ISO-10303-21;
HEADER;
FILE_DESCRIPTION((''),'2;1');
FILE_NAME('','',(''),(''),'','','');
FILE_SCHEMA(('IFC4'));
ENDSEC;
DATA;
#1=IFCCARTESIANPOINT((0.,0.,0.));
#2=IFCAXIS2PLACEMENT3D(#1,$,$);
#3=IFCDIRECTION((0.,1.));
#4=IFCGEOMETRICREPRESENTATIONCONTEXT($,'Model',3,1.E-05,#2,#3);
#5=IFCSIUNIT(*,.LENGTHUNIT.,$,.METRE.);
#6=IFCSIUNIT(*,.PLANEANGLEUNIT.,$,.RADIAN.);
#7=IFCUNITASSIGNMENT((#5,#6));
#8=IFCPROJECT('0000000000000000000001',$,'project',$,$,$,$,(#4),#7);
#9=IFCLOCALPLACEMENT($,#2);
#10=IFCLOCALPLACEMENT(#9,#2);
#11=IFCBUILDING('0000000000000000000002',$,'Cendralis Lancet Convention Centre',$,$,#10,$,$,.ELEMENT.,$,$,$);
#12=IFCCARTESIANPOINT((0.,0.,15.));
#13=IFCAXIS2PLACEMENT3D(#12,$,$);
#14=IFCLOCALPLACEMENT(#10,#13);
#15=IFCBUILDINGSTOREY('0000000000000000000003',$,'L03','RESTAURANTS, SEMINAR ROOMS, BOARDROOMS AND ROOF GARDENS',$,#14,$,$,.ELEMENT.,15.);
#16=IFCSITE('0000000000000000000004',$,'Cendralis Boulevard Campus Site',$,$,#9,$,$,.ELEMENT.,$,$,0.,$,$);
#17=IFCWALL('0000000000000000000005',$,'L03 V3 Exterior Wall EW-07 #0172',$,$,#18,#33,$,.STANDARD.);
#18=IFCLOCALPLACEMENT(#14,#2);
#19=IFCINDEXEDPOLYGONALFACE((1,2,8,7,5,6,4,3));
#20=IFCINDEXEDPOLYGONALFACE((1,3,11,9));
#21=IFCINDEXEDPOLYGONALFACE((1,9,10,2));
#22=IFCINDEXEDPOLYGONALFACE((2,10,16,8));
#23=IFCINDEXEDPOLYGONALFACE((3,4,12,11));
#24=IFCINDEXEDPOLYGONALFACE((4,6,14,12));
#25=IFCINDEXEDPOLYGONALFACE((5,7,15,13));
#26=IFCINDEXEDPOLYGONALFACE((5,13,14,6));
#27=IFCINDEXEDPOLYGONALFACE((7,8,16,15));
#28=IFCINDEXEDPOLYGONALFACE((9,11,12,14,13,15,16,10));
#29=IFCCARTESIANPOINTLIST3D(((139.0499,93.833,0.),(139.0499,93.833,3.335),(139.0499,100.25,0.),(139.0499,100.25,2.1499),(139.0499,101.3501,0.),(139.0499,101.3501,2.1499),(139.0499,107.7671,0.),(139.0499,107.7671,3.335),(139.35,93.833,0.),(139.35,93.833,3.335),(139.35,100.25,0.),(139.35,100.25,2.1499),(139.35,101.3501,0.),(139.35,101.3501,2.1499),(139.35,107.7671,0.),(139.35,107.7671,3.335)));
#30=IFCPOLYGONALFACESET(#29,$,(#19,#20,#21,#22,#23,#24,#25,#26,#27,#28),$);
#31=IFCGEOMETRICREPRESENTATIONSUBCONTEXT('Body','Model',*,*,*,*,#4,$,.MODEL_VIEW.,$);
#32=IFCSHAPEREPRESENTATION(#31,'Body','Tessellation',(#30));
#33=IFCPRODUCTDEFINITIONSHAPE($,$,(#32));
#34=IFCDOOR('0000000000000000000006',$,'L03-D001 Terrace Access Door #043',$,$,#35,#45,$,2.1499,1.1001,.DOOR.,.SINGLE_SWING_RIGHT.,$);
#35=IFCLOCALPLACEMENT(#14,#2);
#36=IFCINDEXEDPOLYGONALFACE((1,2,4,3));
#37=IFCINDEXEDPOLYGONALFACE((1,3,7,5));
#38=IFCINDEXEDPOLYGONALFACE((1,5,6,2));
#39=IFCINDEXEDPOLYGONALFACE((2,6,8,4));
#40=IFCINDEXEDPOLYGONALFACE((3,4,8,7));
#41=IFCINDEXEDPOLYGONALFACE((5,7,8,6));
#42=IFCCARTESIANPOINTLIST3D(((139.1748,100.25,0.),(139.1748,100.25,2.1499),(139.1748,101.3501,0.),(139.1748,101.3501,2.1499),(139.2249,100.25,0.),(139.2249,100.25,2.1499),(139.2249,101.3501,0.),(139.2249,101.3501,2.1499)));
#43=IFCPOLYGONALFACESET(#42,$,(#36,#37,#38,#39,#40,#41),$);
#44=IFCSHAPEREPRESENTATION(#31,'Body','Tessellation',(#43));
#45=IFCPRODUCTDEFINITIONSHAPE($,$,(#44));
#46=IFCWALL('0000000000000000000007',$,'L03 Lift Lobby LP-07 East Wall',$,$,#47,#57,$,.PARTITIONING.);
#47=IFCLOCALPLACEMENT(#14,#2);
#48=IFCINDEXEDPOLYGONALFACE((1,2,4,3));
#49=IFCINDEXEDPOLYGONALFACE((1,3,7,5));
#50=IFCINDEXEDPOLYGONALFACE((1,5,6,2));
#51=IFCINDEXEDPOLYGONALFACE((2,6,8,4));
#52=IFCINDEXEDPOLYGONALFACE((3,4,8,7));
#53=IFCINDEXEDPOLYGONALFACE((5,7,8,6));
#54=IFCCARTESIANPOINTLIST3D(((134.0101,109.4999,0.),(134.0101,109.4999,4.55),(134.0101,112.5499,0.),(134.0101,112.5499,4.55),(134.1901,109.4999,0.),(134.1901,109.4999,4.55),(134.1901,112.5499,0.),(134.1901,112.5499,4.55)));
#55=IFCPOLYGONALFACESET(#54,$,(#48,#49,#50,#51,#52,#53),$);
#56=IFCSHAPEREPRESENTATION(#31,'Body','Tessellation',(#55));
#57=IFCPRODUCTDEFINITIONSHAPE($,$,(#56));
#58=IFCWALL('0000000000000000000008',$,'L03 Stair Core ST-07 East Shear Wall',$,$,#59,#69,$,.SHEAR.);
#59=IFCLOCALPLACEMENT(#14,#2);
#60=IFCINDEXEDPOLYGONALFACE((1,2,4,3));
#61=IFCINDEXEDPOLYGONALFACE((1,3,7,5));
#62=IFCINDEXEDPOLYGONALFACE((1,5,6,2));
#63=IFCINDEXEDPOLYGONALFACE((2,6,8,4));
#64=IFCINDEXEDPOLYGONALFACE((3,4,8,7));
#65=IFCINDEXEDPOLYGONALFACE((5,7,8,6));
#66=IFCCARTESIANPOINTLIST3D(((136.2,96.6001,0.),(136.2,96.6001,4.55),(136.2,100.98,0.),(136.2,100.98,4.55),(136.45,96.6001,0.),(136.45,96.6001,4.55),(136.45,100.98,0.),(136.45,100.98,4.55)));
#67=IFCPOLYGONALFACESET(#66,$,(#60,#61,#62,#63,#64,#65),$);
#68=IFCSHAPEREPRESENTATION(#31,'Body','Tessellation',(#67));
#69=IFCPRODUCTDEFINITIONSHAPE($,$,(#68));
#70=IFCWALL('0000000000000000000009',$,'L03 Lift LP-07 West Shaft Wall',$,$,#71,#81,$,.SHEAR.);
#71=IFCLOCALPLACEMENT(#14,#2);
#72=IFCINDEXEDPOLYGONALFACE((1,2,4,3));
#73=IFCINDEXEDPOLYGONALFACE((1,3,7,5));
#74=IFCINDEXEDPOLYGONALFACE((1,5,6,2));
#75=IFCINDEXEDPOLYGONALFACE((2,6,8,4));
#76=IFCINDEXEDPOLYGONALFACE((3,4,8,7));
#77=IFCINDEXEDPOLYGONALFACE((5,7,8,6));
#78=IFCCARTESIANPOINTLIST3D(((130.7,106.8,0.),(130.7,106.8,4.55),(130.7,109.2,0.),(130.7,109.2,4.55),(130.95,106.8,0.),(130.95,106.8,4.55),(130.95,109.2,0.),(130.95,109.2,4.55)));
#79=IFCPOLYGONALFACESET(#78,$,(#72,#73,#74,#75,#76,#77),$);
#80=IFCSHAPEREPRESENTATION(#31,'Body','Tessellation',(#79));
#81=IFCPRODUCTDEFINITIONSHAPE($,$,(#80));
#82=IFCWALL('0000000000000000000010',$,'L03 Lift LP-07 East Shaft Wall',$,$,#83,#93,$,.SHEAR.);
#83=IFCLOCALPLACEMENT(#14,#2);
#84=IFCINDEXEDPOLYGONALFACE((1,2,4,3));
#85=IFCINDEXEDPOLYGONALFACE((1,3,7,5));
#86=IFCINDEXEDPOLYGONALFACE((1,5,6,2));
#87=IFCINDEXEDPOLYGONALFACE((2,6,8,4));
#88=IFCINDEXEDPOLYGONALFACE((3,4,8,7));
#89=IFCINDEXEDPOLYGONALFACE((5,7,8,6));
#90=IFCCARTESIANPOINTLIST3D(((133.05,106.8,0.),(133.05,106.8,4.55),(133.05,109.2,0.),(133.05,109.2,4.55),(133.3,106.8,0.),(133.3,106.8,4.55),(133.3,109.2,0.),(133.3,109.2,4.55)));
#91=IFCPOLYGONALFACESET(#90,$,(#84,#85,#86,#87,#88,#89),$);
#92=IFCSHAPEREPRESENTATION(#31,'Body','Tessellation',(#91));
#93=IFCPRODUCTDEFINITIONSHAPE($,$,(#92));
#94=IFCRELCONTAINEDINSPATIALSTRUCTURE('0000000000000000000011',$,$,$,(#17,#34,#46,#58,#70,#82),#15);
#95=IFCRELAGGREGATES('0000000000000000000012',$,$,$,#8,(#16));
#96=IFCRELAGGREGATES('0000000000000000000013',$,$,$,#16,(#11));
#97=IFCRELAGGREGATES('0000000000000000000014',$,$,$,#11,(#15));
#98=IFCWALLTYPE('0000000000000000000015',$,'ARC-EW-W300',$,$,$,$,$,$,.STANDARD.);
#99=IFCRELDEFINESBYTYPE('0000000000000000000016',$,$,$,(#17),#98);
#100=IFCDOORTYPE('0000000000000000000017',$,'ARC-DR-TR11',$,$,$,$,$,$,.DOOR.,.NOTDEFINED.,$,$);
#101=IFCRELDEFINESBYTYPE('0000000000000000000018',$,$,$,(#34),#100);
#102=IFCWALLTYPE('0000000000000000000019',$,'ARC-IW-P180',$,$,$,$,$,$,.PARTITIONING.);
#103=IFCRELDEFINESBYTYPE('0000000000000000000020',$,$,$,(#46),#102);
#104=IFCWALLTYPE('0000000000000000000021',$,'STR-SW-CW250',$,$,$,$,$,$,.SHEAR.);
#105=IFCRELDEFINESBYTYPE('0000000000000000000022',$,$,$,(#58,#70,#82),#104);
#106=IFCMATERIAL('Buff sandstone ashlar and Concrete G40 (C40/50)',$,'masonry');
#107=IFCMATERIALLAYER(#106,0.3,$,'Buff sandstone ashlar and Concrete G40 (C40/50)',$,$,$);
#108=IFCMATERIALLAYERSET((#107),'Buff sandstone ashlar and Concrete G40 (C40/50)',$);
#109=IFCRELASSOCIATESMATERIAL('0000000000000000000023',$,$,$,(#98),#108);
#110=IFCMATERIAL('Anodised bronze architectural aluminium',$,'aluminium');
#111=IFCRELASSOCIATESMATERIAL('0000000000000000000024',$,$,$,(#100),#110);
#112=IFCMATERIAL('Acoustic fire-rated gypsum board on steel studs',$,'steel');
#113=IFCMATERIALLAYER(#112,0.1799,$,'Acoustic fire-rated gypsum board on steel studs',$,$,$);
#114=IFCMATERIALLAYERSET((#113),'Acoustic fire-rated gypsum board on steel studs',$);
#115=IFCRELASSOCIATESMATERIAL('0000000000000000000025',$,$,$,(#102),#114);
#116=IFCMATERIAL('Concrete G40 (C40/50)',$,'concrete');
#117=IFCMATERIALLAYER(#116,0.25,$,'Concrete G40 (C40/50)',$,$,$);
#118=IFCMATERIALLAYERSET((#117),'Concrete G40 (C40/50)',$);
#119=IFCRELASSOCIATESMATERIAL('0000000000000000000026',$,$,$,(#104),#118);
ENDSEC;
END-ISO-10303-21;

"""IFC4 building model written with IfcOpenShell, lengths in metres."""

from ifc_helpers import new_model, si_unit, direction, frame, frame_2d, origin, place, context, subcontext, project, spatial, rectangle, extrude, material, layer, layer_set, type_object, element, fill, save


model = new_model("IFC4")

# Units and contexts
model_context = context("Model", 3, precision=1e-05, world=origin(), true_north=direction((0.0, 1.0)))
body_context = subcontext(model_context, "Body", "Model", "MODEL_VIEW")
ifc_project = project(units=[si_unit("LENGTHUNIT", "METRE"), si_unit("PLANEANGLEUNIT", "RADIAN")], contexts=[model_context])

# Site, building, storey
site_placement = place(None, origin())
site = spatial("IfcSite", under=ifc_project, at=site_placement, Name="Cendralis Boulevard Campus Site", CompositionType="ELEMENT", RefElevation=0.0)
building_placement = place(site_placement, origin())
building = spatial("IfcBuilding", under=site, at=building_placement, Name="Cendralis Lancet Convention Centre", CompositionType="ELEMENT")
storey_placement = place(building_placement, frame((0.0, 0.0, 15.0)))
storey = spatial("IfcBuildingStorey", under=building, at=storey_placement, Name="L03", Description="RESTAURANTS, SEMINAR ROOMS, BOARDROOMS AND ROOF GARDENS", CompositionType="ELEMENT", Elevation=15.0)

# Shared definitions
ifc_material_1 = material(Name="Concrete G40 (C40/50)", Category="concrete")

# Shared definitions
ifc_material_2 = material(Name="Buff sandstone ashlar and Concrete G40 (C40/50)", Category="masonry")

# Shared definitions
ifc_layer_1 = layer(ifc_material_2, 0.3, Name="Buff sandstone ashlar and Concrete G40 (C40/50)")
ifc_layer_set_1 = layer_set([ifc_layer_1], Name="Buff sandstone ashlar and Concrete G40 (C40/50)")
wall_type_1 = type_object("IfcWallType", Name="ARC-EW-W300", PredefinedType="STANDARD", material=ifc_layer_set_1)

# Wall, opening, door
wall_1_placement = place(storey_placement, frame((139.2, 107.7671, 0.0), z_axis=(0.0, 0.0, 1.0), x_axis=(0.0, -1.0, 0.0)))
wall_1 = element("IfcWall", 1, at=wall_1_placement, inside=storey, type_object=wall_type_1, Name="L03 V3 Exterior Wall EW-07 #0172", PredefinedType="STANDARD", context=body_context, shape_type="SweptSolid", body=[
    extrude(rectangle(XDim=13.9341, YDim=0.3, at=frame_2d((6.967, 0.0))), origin(), (0.0, 0.0, 1.0), 3.335),
])
opening_1_placement = place(wall_1_placement, frame((6.417, 0.0, 0.0)))
opening_1 = element("IfcOpeningElement", 2, at=opening_1_placement, cuts=wall_1, PredefinedType="OPENING", context=body_context, shape_type="SweptSolid", body=[
    extrude(rectangle(XDim=1.1001, YDim=2.1499, at=frame_2d((0.55, 1.075))), frame((0.0, 0.1599, 0.0), z_axis=(0.0, -1.0, 0.0), x_axis=(1.0, 0.0, 0.0)), (0.0, 0.0, 1.0), 0.3201),
])
ifc_material_3 = material(Name="Anodised bronze architectural aluminium", Category="aluminium")
door_type = type_object("IfcDoorType", Name="ARC-DR-TR11", OperationType="NOTDEFINED", PredefinedType="DOOR", material=ifc_material_3)
door_placement = place(opening_1_placement, origin())
door = element("IfcDoor", 3, at=door_placement, inside=storey, type_object=door_type, Name="L03-D001 Terrace Access Door #043", OperationType="SINGLE_SWING_RIGHT", OverallHeight=2.1499, OverallWidth=1.1001, PredefinedType="DOOR", context=body_context, shape_type="SweptSolid", body=[
    extrude(rectangle(XDim=1.1001, YDim=2.1499, at=frame_2d((0.55, 1.075))), frame((0.0, 0.0249, 0.0), z_axis=(0.0, -1.0, 0.0), x_axis=(1.0, 0.0, 0.0)), (0.0, 0.0, 1.0), 0.05),
])
fill(opening_1, door)

# Walls
ifc_material_4 = material(Name="Acoustic fire-rated gypsum board on steel studs", Category="steel")
ifc_layer_2 = layer(ifc_material_4, 0.1799, Name="Acoustic fire-rated gypsum board on steel studs")
ifc_layer_set_2 = layer_set([ifc_layer_2], Name="Acoustic fire-rated gypsum board on steel studs")
wall_type_2 = type_object("IfcWallType", Name="ARC-IW-P180", PredefinedType="PARTITIONING", material=ifc_layer_set_2)
wall_2_placement = place(storey_placement, frame((134.1001, 109.5, 0.0), z_axis=(0.0, 0.0, 1.0), x_axis=(0.0, 1.0, 0.0)))
element("IfcWall", 4, at=wall_2_placement, inside=storey, type_object=wall_type_2, Name="L03 Lift Lobby LP-07 East Wall", PredefinedType="PARTITIONING", context=body_context, shape_type="SweptSolid", body=[
    extrude(rectangle(XDim=3.05, YDim=0.1799, at=frame_2d((1.5249, 0.0))), origin(), (0.0, 0.0, 1.0), 4.55),
])
ifc_layer_3 = layer(ifc_material_1, 0.25, Name="Concrete G40 (C40/50)")
ifc_layer_set_3 = layer_set([ifc_layer_3], Name="Concrete G40 (C40/50)")
wall_type_3 = type_object("IfcWallType", Name="STR-SW-CW250", PredefinedType="SHEAR", material=ifc_layer_set_3)
wall_3_placement = place(storey_placement, frame((136.325, 96.6001, 0.0), z_axis=(0.0, 0.0, 1.0), x_axis=(0.0, 1.0, 0.0)))
element("IfcWall", 5, at=wall_3_placement, inside=storey, type_object=wall_type_3, Name="L03 Stair Core ST-07 East Shear Wall", PredefinedType="SHEAR", context=body_context, shape_type="SweptSolid", body=[
    extrude(rectangle(XDim=4.3799, YDim=0.25, at=frame_2d((2.1899, 0.0))), origin(), (0.0, 0.0, 1.0), 4.55),
])
for number, where, z_axis, x_axis, name in (
    (6, (130.825, 106.8, 0.0), (0.0, 0.0, 1.0), (0.0, 1.0, 0.0), "L03 Lift LP-07 West Shaft Wall"),
    (7, (133.175, 106.8, 0.0), (0.0, 0.0, 1.0), (0.0, 1.0, 0.0), "L03 Lift LP-07 East Shaft Wall"),
):
    element("IfcWall", number, at=place(storey_placement, frame(where, z_axis=z_axis, x_axis=x_axis)), inside=storey, type_object=wall_type_3, Name=name, PredefinedType="SHEAR", context=body_context, shape_type="SweptSolid", body=[
        extrude(rectangle(XDim=2.3999, YDim=0.25, at=frame_2d((1.2, 0.0))), origin(), (0.0, 0.0, 1.0), 4.55),
    ])

save(model, "model.ifc")
